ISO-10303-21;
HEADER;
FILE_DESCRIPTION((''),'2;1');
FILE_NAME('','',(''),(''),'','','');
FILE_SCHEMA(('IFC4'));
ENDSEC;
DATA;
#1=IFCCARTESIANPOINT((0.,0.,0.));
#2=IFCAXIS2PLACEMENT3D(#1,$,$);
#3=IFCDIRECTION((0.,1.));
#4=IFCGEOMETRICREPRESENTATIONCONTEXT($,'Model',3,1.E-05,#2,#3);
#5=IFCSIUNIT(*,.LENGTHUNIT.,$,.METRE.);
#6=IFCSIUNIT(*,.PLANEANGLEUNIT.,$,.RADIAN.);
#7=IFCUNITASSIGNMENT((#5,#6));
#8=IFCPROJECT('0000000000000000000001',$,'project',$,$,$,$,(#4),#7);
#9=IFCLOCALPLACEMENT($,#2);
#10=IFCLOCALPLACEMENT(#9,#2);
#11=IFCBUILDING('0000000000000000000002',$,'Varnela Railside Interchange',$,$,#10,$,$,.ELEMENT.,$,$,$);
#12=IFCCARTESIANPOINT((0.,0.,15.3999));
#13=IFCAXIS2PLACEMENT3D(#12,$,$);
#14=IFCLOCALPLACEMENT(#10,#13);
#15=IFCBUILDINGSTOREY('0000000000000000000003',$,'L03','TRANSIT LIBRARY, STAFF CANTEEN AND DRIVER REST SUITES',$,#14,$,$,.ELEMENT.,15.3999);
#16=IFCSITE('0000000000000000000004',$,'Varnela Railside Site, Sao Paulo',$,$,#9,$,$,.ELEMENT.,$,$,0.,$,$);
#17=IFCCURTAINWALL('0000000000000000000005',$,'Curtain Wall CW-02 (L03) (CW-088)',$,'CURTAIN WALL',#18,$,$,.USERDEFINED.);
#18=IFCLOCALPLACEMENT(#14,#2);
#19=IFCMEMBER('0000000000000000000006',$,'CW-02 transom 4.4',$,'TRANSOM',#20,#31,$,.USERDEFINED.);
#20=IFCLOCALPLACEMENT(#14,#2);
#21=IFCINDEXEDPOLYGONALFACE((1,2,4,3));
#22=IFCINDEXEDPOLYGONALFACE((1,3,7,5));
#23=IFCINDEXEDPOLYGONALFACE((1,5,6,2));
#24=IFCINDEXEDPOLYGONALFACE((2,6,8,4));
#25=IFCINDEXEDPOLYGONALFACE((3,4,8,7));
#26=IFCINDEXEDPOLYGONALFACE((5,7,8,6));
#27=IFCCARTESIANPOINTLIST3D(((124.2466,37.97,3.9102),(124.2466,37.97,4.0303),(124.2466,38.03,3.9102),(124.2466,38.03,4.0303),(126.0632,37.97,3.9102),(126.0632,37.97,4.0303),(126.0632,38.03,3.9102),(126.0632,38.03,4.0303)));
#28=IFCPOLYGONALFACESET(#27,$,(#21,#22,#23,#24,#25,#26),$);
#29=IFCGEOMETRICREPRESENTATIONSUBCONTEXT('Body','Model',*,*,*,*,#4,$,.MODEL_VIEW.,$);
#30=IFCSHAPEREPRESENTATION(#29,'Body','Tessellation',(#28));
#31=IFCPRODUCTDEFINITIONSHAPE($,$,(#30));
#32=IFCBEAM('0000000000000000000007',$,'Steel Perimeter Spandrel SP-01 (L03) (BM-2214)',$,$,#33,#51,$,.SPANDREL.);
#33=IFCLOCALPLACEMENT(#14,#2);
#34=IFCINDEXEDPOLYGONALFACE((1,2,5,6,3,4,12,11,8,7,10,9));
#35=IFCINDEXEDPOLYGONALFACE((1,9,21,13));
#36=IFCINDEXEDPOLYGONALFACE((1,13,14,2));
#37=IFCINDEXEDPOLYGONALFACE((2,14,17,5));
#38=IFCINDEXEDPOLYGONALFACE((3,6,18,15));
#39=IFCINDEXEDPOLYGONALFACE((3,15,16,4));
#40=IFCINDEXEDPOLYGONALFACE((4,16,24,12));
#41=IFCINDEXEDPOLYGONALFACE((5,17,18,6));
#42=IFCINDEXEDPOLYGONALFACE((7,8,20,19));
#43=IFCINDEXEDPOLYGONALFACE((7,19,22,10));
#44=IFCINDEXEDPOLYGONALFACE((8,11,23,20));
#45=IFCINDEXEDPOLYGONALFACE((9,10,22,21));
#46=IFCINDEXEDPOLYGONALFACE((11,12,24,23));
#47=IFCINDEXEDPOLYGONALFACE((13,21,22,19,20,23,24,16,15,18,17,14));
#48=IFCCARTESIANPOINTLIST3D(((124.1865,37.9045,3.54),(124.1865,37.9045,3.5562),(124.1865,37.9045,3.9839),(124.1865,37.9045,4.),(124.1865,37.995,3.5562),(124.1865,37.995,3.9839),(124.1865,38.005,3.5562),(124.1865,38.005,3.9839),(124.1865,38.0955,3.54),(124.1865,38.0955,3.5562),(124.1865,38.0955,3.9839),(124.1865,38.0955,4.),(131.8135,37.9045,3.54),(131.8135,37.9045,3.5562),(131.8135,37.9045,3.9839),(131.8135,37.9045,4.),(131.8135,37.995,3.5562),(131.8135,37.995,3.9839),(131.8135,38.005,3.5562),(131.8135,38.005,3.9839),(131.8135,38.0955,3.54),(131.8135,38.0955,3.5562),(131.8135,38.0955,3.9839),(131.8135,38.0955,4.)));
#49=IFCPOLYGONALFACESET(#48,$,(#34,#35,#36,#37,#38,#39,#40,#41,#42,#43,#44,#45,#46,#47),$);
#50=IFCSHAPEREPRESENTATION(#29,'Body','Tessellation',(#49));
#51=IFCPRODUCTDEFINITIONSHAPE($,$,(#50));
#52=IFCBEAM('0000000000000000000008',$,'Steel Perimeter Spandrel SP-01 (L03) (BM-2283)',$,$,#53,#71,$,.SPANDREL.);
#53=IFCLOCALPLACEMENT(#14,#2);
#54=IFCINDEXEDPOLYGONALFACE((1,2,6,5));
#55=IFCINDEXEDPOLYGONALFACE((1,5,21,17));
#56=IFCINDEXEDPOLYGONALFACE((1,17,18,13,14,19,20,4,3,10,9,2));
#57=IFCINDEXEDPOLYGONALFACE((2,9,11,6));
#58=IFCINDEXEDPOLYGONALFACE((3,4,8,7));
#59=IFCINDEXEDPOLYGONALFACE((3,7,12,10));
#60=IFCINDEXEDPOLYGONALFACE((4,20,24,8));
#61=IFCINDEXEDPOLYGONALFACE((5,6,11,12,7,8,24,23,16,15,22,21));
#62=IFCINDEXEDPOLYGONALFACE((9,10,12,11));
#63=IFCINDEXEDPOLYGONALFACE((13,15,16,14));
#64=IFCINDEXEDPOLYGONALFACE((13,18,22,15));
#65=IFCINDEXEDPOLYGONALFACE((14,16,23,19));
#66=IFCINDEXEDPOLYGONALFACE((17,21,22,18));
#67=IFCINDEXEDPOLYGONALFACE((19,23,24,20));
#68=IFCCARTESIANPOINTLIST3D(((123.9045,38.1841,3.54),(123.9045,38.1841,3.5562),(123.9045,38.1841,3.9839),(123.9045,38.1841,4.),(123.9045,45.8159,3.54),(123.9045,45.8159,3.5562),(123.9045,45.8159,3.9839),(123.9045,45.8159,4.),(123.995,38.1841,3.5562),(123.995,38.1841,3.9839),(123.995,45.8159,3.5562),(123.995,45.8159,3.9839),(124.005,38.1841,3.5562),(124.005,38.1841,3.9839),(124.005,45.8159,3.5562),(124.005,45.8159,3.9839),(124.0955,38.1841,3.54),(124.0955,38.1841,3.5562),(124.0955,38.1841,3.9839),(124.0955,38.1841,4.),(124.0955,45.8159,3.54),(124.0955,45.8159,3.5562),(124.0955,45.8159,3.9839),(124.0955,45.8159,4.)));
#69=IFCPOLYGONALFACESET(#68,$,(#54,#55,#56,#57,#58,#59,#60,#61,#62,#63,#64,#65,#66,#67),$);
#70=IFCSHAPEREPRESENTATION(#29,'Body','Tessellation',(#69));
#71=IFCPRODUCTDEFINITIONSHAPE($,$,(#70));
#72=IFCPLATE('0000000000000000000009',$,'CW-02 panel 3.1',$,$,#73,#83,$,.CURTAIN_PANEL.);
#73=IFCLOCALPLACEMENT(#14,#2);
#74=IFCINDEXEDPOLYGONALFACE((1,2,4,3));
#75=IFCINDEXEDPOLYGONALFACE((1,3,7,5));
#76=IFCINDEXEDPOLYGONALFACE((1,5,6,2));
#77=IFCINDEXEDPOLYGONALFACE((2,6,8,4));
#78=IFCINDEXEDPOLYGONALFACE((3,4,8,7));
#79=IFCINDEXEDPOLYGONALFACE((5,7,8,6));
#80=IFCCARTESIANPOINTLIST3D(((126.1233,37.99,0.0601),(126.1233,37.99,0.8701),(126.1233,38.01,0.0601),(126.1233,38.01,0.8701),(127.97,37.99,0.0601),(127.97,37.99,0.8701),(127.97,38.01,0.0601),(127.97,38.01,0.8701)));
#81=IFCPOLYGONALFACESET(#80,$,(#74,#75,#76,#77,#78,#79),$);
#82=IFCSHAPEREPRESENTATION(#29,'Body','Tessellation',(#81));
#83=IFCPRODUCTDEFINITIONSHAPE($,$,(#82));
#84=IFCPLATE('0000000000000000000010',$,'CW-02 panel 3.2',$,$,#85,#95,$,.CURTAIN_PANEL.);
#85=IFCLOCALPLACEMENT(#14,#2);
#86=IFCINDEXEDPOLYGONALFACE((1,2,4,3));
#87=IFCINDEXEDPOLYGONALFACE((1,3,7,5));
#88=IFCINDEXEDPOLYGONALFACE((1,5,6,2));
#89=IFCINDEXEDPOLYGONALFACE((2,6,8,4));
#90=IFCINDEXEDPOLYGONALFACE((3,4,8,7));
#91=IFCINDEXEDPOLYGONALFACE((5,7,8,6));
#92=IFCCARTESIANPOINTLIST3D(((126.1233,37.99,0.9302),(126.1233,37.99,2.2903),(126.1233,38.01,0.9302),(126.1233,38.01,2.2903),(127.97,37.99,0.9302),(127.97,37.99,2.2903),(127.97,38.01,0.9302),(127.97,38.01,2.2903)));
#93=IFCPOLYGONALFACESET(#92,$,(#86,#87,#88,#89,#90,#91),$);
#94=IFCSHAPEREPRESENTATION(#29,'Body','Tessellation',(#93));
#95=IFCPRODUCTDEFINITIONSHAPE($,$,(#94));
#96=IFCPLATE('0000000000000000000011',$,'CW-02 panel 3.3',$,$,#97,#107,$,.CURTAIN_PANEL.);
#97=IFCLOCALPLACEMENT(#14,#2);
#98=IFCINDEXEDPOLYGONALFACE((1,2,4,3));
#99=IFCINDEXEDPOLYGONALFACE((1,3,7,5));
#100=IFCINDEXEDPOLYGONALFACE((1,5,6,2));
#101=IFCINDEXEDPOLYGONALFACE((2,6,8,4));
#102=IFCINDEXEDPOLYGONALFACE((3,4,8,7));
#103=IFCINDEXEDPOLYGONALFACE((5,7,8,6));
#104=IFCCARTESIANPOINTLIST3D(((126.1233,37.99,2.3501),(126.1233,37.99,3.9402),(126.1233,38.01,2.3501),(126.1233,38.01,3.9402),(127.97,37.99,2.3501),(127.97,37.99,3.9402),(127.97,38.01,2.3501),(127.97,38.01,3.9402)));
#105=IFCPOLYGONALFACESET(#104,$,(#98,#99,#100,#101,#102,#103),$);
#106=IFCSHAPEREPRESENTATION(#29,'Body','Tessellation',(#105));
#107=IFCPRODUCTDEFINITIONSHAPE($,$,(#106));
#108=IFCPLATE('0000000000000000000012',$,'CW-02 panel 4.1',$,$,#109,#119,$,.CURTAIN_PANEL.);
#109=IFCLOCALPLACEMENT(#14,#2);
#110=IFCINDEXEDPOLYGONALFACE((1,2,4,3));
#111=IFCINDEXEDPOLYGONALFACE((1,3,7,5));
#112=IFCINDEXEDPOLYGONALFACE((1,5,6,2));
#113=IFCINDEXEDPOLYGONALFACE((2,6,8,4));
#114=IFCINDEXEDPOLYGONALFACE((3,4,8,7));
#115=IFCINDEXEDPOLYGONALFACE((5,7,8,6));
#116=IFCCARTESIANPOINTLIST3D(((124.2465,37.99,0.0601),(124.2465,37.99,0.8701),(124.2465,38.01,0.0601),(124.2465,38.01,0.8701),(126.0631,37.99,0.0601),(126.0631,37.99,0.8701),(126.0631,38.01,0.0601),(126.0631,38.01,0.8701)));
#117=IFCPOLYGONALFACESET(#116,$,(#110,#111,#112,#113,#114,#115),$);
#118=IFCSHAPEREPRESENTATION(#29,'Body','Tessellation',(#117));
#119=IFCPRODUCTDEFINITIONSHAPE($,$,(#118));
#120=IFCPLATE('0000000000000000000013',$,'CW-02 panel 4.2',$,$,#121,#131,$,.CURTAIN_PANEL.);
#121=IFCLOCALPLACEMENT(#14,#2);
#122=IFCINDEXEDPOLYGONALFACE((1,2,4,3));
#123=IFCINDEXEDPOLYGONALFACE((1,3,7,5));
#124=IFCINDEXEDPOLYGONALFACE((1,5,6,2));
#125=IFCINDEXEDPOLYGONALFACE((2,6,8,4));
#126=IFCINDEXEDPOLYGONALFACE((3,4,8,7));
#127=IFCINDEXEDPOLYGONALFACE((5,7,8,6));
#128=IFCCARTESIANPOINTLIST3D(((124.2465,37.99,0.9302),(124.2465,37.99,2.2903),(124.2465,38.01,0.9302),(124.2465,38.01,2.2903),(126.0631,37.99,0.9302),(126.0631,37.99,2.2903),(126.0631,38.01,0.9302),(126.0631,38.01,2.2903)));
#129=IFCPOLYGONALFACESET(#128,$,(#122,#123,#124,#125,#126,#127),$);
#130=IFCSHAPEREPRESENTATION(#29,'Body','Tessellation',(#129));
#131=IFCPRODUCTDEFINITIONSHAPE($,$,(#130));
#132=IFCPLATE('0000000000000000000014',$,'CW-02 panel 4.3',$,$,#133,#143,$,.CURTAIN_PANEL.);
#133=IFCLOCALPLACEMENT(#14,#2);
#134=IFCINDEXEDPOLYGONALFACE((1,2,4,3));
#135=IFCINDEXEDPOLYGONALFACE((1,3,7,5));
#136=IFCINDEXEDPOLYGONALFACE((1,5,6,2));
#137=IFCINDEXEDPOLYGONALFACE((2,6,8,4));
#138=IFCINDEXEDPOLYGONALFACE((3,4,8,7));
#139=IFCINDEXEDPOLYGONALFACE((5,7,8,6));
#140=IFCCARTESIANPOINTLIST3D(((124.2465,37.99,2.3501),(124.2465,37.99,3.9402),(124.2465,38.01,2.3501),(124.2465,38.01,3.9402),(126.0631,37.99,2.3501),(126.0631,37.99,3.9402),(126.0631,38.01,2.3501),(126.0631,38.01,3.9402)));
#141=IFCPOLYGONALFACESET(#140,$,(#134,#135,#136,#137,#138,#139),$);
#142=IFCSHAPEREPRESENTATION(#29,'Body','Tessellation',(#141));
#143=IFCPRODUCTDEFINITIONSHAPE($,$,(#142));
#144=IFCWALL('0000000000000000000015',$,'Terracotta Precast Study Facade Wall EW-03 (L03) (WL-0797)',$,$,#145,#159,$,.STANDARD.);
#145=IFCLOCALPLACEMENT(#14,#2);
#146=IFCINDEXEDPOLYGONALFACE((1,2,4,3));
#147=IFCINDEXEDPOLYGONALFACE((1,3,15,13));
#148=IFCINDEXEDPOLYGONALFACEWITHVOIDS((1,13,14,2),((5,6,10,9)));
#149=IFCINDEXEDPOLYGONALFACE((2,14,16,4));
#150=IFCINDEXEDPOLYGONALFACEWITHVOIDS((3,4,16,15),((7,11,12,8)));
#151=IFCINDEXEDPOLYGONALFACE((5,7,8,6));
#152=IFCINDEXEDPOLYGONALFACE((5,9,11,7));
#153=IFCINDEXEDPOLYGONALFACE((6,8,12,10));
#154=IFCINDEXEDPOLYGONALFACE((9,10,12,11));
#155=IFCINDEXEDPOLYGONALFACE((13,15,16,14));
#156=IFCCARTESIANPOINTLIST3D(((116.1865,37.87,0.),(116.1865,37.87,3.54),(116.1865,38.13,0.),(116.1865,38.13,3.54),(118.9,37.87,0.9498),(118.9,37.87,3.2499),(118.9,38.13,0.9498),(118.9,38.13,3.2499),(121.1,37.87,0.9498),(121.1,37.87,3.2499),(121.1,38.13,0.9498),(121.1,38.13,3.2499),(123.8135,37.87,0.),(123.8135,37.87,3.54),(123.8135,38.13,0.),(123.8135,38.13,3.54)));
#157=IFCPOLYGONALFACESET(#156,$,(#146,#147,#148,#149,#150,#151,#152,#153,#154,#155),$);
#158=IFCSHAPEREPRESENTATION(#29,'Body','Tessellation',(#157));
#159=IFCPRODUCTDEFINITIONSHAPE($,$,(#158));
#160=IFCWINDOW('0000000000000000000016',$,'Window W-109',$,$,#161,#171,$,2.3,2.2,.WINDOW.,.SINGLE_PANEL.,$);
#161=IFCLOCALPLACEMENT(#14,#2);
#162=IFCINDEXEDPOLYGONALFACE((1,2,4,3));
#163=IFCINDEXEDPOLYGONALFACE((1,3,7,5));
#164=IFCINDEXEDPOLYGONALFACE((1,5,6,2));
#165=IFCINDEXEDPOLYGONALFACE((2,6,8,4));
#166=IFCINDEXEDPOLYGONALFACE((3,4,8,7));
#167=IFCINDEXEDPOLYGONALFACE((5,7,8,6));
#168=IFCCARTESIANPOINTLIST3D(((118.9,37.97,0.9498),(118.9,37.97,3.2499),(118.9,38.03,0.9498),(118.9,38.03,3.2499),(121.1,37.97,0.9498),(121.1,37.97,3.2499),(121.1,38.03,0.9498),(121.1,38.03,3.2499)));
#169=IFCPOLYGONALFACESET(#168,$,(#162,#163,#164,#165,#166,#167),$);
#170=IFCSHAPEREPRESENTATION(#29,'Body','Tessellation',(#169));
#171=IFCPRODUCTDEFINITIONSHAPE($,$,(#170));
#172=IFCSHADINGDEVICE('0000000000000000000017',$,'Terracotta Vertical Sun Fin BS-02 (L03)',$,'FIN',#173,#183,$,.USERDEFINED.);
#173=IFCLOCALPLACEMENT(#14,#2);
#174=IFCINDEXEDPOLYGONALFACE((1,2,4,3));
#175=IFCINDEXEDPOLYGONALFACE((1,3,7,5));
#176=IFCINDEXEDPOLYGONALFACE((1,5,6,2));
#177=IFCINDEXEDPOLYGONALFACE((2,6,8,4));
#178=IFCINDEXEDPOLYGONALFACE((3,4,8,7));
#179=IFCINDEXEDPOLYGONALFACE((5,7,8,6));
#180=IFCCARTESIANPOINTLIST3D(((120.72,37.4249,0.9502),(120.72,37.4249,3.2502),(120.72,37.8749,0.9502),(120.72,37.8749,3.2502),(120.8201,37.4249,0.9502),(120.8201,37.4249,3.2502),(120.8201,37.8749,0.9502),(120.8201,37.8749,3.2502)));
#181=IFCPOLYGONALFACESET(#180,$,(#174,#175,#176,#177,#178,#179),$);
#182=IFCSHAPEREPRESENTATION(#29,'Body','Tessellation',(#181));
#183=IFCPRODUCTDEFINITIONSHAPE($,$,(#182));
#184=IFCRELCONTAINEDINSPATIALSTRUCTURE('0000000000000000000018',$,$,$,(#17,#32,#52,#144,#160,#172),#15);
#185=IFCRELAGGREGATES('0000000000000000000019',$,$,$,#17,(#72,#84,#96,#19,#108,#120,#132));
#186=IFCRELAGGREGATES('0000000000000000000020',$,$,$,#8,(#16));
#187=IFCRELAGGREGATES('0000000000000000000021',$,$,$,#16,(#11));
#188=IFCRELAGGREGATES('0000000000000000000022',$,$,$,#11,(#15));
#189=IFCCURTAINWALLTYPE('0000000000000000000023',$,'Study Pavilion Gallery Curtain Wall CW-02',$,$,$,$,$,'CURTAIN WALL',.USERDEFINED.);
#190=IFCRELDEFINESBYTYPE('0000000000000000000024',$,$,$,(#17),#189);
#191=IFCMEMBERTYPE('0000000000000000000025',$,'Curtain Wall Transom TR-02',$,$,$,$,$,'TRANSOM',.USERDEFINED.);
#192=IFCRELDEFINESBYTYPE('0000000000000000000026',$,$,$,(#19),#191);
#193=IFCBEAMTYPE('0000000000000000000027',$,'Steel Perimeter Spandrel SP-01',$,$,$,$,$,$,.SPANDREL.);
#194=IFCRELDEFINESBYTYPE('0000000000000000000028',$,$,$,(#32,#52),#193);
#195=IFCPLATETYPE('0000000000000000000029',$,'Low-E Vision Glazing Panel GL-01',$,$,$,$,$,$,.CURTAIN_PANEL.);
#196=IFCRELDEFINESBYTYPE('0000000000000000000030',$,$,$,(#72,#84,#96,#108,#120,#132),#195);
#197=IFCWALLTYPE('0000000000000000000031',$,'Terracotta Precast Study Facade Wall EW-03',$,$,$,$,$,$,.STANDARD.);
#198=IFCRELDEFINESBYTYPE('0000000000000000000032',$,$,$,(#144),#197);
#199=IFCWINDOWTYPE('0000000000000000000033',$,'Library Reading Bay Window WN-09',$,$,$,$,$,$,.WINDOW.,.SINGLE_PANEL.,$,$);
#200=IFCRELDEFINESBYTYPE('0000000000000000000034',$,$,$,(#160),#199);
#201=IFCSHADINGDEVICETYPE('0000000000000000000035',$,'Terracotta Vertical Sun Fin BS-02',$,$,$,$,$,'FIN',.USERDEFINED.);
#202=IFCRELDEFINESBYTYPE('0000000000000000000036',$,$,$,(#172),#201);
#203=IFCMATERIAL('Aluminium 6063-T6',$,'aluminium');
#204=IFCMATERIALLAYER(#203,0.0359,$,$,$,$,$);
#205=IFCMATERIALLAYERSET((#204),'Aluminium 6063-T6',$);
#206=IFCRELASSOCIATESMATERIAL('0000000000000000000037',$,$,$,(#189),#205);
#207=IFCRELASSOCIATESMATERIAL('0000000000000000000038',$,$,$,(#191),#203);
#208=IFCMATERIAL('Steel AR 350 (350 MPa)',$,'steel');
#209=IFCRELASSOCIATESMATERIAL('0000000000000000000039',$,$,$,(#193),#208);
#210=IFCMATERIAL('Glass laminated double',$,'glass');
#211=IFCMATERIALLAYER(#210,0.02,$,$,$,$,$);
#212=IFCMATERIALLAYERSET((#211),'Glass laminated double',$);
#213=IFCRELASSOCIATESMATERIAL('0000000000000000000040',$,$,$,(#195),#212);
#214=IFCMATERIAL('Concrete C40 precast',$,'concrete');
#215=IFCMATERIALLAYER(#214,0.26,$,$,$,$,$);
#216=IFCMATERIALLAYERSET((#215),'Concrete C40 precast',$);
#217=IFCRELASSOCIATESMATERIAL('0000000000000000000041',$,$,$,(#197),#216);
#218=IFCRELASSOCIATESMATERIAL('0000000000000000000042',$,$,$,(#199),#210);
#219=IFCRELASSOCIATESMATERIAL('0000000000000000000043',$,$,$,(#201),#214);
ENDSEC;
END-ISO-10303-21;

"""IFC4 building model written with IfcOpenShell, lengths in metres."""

from ifc_helpers import new_model, si_unit, direction, frame, frame_2d, origin, origin_2d, place, context, subcontext, project, spatial, rectangle, i_section, extrude, material, layer, layer_set, material_profile, profile_set, type_object, element, fill, aggregate, save


model = new_model("IFC4")

# Units and contexts
model_context = context("Model", 3, precision=1e-05, world=origin(), true_north=direction((0.0, 1.0)))
body_context = subcontext(model_context, "Body", "Model", "MODEL_VIEW")
ifc_project = project(units=[si_unit("LENGTHUNIT", "METRE"), si_unit("PLANEANGLEUNIT", "RADIAN")], contexts=[model_context])

# Site, building, storey
site_placement = place(None, origin())
site = spatial("IfcSite", under=ifc_project, at=site_placement, Name="Varnela Railside Site, Sao Paulo", CompositionType="ELEMENT", RefElevation=0.0)
building_placement = place(site_placement, origin())
building = spatial("IfcBuilding", under=site, at=building_placement, Name="Varnela Railside Interchange", CompositionType="ELEMENT")
storey_placement = place(building_placement, frame((0.0, 0.0, 15.3999)))
storey = spatial("IfcBuildingStorey", under=building, at=storey_placement, Name="L03", Description="TRANSIT LIBRARY, STAFF CANTEEN AND DRIVER REST SUITES", CompositionType="ELEMENT", Elevation=15.3999)

# Shared definitions
ifc_material_1 = material(Name="Steel AR 350 (350 MPa)", Category="steel")

# Curtain wall, member
ifc_material_2 = material(Name="Aluminium 6063-T6", Category="aluminium")
ifc_layer_1 = layer(ifc_material_2, 0.0359)
ifc_layer_set_1 = layer_set([ifc_layer_1], Name="Aluminium 6063-T6")
curtain_wall_type = type_object("IfcCurtainWallType", Name="Study Pavilion Gallery Curtain Wall CW-02", ElementType="CURTAIN WALL", PredefinedType="USERDEFINED", material=ifc_layer_set_1)
curtain_wall_placement = place(storey_placement, origin())
curtain_wall = element("IfcCurtainWall", 1, at=curtain_wall_placement, inside=storey, type_object=curtain_wall_type, Name="Curtain Wall CW-02 (L03) (CW-088)", ObjectType="CURTAIN WALL", PredefinedType="USERDEFINED")
ifc_material_profile_1 = material_profile(ifc_material_2, rectangle(XDim=0.0601, YDim=0.1201, at=origin_2d()), Name="ALU 60x120")
ifc_profile_set_1 = profile_set([ifc_material_profile_1], Name="Aluminium 6063-T6")
member_type_1 = type_object("IfcMemberType", Name="Curtain Wall Transom TR-02", ElementType="TRANSOM", PredefinedType="USERDEFINED", material=ifc_profile_set_1)
member_1_placement = place(storey_placement, frame((126.0632, 38.0, 3.9702), z_axis=(-1.0, 0.0, 0.0), x_axis=(0.0, -1.0, 0.0)))
member_1 = element("IfcMember", 2, at=member_1_placement, type_object=member_type_1, Name="CW-02 transom 4.4", ObjectType="TRANSOM", PredefinedType="USERDEFINED", context=body_context, shape_type="SweptSolid", body=[
    extrude(rectangle(XDim=0.0601, YDim=0.1201, at=origin_2d()), origin(), (0.0, 0.0, 1.0), 1.8167),
])

# Beams
ifc_material_profile_2 = material_profile(ifc_material_1, i_section(OverallWidth=0.1909, OverallDepth=0.46, WebThickness=0.01, FlangeThickness=0.0161, at=origin_2d()), Name="W460x82")
ifc_profile_set_2 = profile_set([ifc_material_profile_2], Name="Steel AR 350 (350 MPa)")
beam_type_1 = type_object("IfcBeamType", Name="Steel Perimeter Spandrel SP-01", PredefinedType="SPANDREL", material=ifc_profile_set_2)
beam_1_placement = place(storey_placement, frame((124.1865, 38.0, 3.77), z_axis=(1.0, 0.0, 0.0), x_axis=(0.0, 1.0, 0.0)))
element("IfcBeam", 3, at=beam_1_placement, inside=storey, type_object=beam_type_1, Name="Steel Perimeter Spandrel SP-01 (L03) (BM-2214)", PredefinedType="SPANDREL", context=body_context, shape_type="SweptSolid", body=[
    extrude(i_section(OverallWidth=0.1909, OverallDepth=0.46, WebThickness=0.01, FlangeThickness=0.0161, at=origin_2d()), origin(), (0.0, 0.0, 1.0), 7.627),
])
beam_2_placement = place(storey_placement, frame((124.0, 38.1841, 3.77), z_axis=(0.0, 1.0, 0.0), x_axis=(-1.0, 0.0, 0.0)))
element("IfcBeam", 4, at=beam_2_placement, inside=storey, type_object=beam_type_1, Name="Steel Perimeter Spandrel SP-01 (L03) (BM-2283)", PredefinedType="SPANDREL", context=body_context, shape_type="SweptSolid", body=[
    extrude(i_section(OverallWidth=0.1909, OverallDepth=0.46, WebThickness=0.01, FlangeThickness=0.0161, at=origin_2d()), origin(), (0.0, 0.0, 1.0), 7.6318),
])

# Plates
ifc_material_3 = material(Name="Glass laminated double", Category="glass")
ifc_layer_2 = layer(ifc_material_3, 0.02)
ifc_layer_set_2 = layer_set([ifc_layer_2], Name="Glass laminated double")
plate_type = type_object("IfcPlateType", Name="Low-E Vision Glazing Panel GL-01", PredefinedType="CURTAIN_PANEL", material=ifc_layer_set_2)
plate_1_placement = place(storey_placement, frame((127.0466, 38.0, 0.0601), z_axis=(0.0, 0.0, 1.0), x_axis=(-1.0, 0.0, 0.0)))
plate_1 = element("IfcPlate", 5, at=plate_1_placement, type_object=plate_type, Name="CW-02 panel 3.1", PredefinedType="CURTAIN_PANEL", context=body_context, shape_type="SweptSolid", body=[
    extrude(rectangle(XDim=1.8467, YDim=0.02, at=origin_2d()), origin(), (0.0, 0.0, 1.0), 0.8101),
])
plate_2_placement = place(storey_placement, frame((127.0466, 38.0, 0.9302), z_axis=(0.0, 0.0, 1.0), x_axis=(-1.0, 0.0, 0.0)))
plate_2 = element("IfcPlate", 6, at=plate_2_placement, type_object=plate_type, Name="CW-02 panel 3.2", PredefinedType="CURTAIN_PANEL", context=body_context, shape_type="SweptSolid", body=[
    extrude(rectangle(XDim=1.8467, YDim=0.02, at=origin_2d()), origin(), (0.0, 0.0, 1.0), 1.3601),
])
plate_3_placement = place(storey_placement, frame((127.0466, 38.0, 2.3501), z_axis=(0.0, 0.0, 1.0), x_axis=(-1.0, 0.0, 0.0)))
plate_3 = element("IfcPlate", 7, at=plate_3_placement, type_object=plate_type, Name="CW-02 panel 3.3", PredefinedType="CURTAIN_PANEL", context=body_context, shape_type="SweptSolid", body=[
    extrude(rectangle(XDim=1.8467, YDim=0.02, at=origin_2d()), origin(), (0.0, 0.0, 1.0), 1.5901),
])
plate_4_placement = place(storey_placement, frame((125.1548, 38.0, 0.0601), z_axis=(0.0, 0.0, 1.0), x_axis=(-1.0, 0.0, 0.0)))
plate_4 = element("IfcPlate", 8, at=plate_4_placement, type_object=plate_type, Name="CW-02 panel 4.1", PredefinedType="CURTAIN_PANEL", context=body_context, shape_type="SweptSolid", body=[
    extrude(rectangle(XDim=1.8167, YDim=0.02, at=origin_2d()), origin(), (0.0, 0.0, 1.0), 0.8101),
])
plate_5_placement = place(storey_placement, frame((125.1548, 38.0, 0.9302), z_axis=(0.0, 0.0, 1.0), x_axis=(-1.0, 0.0, 0.0)))
plate_5 = element("IfcPlate", 9, at=plate_5_placement, type_object=plate_type, Name="CW-02 panel 4.2", PredefinedType="CURTAIN_PANEL", context=body_context, shape_type="SweptSolid", body=[
    extrude(rectangle(XDim=1.8167, YDim=0.02, at=origin_2d()), origin(), (0.0, 0.0, 1.0), 1.3601),
])
plate_6_placement = place(storey_placement, frame((125.1548, 38.0, 2.3501), z_axis=(0.0, 0.0, 1.0), x_axis=(-1.0, 0.0, 0.0)))
plate_6 = element("IfcPlate", 10, at=plate_6_placement, type_object=plate_type, Name="CW-02 panel 4.3", PredefinedType="CURTAIN_PANEL", context=body_context, shape_type="SweptSolid", body=[
    extrude(rectangle(XDim=1.8167, YDim=0.02, at=origin_2d()), origin(), (0.0, 0.0, 1.0), 1.5901),
])
aggregate(curtain_wall, [plate_1, plate_2, plate_3, member_1, plate_4, plate_5, plate_6])

# Wall, opening, window
ifc_material_4 = material(Name="Concrete C40 precast", Category="concrete")
ifc_layer_3 = layer(ifc_material_4, 0.26)
ifc_layer_set_3 = layer_set([ifc_layer_3], Name="Concrete C40 precast")
wall_type = type_object("IfcWallType", Name="Terracotta Precast Study Facade Wall EW-03", PredefinedType="STANDARD", material=ifc_layer_set_3)
wall_placement = place(storey_placement, frame((123.8135, 38.0, 0.0), z_axis=(0.0, 0.0, 1.0), x_axis=(-1.0, 0.0, 0.0)))
wall = element("IfcWall", 11, at=wall_placement, inside=storey, type_object=wall_type, Name="Terracotta Precast Study Facade Wall EW-03 (L03) (WL-0797)", PredefinedType="STANDARD", context=body_context, shape_type="SweptSolid", body=[
    extrude(rectangle(XDim=7.627, YDim=0.26, at=frame_2d((3.8135, 0.0))), origin(), (0.0, 0.0, 1.0), 3.54),
])
opening_placement = place(wall_placement, frame((2.7134, 0.0, 0.95)))
opening = element("IfcOpeningElement", 12, at=opening_placement, cuts=wall, PredefinedType="OPENING", context=body_context, shape_type="SweptSolid", body=[
    extrude(rectangle(XDim=2.2, YDim=2.3, at=frame_2d((1.1001, 1.1499))), frame((0.0, 0.1399, 0.0), z_axis=(0.0, -1.0, 0.0), x_axis=(1.0, 0.0, 0.0)), (0.0, 0.0, 1.0), 0.28),
])
window_type = type_object("IfcWindowType", Name="Library Reading Bay Window WN-09", PartitioningType="SINGLE_PANEL", PredefinedType="WINDOW", material=ifc_material_3)
window_placement = place(opening_placement, origin())
window = element("IfcWindow", 13, at=window_placement, inside=storey, type_object=window_type, Name="Window W-109", OverallHeight=2.3, OverallWidth=2.2, PartitioningType="SINGLE_PANEL", PredefinedType="WINDOW", context=body_context, shape_type="SweptSolid", body=[
    extrude(rectangle(XDim=2.2, YDim=2.3, at=frame_2d((1.1001, 1.1499))), frame((0.0, 0.03, 0.0), z_axis=(0.0, -1.0, 0.0), x_axis=(1.0, 0.0, 0.0)), (0.0, 0.0, 1.0), 0.0601),
])
fill(opening, window)

# Shading device
shading_device_type = type_object("IfcShadingDeviceType", Name="Terracotta Vertical Sun Fin BS-02", ElementType="FIN", PredefinedType="USERDEFINED", material=ifc_material_4)
for number, where, z_axis, x_axis, name in (
    (14, (120.77, 37.6499, 0.9502), (0.0, 0.0, 1.0), (0.0, -1.0, 0.0), "Terracotta Vertical Sun Fin BS-02 (L03)"),
):
    element("IfcShadingDevice", number, at=place(storey_placement, frame(where, z_axis=z_axis, x_axis=x_axis)), inside=storey, type_object=shading_device_type, Name=name, ObjectType="FIN", PredefinedType="USERDEFINED", context=body_context, shape_type="SweptSolid", body=[
        extrude(rectangle(XDim=0.45, YDim=0.1001, at=origin_2d()), origin(), (0.0, 0.0, 1.0), 2.3),
    ])

save(model, "model.ifc")
